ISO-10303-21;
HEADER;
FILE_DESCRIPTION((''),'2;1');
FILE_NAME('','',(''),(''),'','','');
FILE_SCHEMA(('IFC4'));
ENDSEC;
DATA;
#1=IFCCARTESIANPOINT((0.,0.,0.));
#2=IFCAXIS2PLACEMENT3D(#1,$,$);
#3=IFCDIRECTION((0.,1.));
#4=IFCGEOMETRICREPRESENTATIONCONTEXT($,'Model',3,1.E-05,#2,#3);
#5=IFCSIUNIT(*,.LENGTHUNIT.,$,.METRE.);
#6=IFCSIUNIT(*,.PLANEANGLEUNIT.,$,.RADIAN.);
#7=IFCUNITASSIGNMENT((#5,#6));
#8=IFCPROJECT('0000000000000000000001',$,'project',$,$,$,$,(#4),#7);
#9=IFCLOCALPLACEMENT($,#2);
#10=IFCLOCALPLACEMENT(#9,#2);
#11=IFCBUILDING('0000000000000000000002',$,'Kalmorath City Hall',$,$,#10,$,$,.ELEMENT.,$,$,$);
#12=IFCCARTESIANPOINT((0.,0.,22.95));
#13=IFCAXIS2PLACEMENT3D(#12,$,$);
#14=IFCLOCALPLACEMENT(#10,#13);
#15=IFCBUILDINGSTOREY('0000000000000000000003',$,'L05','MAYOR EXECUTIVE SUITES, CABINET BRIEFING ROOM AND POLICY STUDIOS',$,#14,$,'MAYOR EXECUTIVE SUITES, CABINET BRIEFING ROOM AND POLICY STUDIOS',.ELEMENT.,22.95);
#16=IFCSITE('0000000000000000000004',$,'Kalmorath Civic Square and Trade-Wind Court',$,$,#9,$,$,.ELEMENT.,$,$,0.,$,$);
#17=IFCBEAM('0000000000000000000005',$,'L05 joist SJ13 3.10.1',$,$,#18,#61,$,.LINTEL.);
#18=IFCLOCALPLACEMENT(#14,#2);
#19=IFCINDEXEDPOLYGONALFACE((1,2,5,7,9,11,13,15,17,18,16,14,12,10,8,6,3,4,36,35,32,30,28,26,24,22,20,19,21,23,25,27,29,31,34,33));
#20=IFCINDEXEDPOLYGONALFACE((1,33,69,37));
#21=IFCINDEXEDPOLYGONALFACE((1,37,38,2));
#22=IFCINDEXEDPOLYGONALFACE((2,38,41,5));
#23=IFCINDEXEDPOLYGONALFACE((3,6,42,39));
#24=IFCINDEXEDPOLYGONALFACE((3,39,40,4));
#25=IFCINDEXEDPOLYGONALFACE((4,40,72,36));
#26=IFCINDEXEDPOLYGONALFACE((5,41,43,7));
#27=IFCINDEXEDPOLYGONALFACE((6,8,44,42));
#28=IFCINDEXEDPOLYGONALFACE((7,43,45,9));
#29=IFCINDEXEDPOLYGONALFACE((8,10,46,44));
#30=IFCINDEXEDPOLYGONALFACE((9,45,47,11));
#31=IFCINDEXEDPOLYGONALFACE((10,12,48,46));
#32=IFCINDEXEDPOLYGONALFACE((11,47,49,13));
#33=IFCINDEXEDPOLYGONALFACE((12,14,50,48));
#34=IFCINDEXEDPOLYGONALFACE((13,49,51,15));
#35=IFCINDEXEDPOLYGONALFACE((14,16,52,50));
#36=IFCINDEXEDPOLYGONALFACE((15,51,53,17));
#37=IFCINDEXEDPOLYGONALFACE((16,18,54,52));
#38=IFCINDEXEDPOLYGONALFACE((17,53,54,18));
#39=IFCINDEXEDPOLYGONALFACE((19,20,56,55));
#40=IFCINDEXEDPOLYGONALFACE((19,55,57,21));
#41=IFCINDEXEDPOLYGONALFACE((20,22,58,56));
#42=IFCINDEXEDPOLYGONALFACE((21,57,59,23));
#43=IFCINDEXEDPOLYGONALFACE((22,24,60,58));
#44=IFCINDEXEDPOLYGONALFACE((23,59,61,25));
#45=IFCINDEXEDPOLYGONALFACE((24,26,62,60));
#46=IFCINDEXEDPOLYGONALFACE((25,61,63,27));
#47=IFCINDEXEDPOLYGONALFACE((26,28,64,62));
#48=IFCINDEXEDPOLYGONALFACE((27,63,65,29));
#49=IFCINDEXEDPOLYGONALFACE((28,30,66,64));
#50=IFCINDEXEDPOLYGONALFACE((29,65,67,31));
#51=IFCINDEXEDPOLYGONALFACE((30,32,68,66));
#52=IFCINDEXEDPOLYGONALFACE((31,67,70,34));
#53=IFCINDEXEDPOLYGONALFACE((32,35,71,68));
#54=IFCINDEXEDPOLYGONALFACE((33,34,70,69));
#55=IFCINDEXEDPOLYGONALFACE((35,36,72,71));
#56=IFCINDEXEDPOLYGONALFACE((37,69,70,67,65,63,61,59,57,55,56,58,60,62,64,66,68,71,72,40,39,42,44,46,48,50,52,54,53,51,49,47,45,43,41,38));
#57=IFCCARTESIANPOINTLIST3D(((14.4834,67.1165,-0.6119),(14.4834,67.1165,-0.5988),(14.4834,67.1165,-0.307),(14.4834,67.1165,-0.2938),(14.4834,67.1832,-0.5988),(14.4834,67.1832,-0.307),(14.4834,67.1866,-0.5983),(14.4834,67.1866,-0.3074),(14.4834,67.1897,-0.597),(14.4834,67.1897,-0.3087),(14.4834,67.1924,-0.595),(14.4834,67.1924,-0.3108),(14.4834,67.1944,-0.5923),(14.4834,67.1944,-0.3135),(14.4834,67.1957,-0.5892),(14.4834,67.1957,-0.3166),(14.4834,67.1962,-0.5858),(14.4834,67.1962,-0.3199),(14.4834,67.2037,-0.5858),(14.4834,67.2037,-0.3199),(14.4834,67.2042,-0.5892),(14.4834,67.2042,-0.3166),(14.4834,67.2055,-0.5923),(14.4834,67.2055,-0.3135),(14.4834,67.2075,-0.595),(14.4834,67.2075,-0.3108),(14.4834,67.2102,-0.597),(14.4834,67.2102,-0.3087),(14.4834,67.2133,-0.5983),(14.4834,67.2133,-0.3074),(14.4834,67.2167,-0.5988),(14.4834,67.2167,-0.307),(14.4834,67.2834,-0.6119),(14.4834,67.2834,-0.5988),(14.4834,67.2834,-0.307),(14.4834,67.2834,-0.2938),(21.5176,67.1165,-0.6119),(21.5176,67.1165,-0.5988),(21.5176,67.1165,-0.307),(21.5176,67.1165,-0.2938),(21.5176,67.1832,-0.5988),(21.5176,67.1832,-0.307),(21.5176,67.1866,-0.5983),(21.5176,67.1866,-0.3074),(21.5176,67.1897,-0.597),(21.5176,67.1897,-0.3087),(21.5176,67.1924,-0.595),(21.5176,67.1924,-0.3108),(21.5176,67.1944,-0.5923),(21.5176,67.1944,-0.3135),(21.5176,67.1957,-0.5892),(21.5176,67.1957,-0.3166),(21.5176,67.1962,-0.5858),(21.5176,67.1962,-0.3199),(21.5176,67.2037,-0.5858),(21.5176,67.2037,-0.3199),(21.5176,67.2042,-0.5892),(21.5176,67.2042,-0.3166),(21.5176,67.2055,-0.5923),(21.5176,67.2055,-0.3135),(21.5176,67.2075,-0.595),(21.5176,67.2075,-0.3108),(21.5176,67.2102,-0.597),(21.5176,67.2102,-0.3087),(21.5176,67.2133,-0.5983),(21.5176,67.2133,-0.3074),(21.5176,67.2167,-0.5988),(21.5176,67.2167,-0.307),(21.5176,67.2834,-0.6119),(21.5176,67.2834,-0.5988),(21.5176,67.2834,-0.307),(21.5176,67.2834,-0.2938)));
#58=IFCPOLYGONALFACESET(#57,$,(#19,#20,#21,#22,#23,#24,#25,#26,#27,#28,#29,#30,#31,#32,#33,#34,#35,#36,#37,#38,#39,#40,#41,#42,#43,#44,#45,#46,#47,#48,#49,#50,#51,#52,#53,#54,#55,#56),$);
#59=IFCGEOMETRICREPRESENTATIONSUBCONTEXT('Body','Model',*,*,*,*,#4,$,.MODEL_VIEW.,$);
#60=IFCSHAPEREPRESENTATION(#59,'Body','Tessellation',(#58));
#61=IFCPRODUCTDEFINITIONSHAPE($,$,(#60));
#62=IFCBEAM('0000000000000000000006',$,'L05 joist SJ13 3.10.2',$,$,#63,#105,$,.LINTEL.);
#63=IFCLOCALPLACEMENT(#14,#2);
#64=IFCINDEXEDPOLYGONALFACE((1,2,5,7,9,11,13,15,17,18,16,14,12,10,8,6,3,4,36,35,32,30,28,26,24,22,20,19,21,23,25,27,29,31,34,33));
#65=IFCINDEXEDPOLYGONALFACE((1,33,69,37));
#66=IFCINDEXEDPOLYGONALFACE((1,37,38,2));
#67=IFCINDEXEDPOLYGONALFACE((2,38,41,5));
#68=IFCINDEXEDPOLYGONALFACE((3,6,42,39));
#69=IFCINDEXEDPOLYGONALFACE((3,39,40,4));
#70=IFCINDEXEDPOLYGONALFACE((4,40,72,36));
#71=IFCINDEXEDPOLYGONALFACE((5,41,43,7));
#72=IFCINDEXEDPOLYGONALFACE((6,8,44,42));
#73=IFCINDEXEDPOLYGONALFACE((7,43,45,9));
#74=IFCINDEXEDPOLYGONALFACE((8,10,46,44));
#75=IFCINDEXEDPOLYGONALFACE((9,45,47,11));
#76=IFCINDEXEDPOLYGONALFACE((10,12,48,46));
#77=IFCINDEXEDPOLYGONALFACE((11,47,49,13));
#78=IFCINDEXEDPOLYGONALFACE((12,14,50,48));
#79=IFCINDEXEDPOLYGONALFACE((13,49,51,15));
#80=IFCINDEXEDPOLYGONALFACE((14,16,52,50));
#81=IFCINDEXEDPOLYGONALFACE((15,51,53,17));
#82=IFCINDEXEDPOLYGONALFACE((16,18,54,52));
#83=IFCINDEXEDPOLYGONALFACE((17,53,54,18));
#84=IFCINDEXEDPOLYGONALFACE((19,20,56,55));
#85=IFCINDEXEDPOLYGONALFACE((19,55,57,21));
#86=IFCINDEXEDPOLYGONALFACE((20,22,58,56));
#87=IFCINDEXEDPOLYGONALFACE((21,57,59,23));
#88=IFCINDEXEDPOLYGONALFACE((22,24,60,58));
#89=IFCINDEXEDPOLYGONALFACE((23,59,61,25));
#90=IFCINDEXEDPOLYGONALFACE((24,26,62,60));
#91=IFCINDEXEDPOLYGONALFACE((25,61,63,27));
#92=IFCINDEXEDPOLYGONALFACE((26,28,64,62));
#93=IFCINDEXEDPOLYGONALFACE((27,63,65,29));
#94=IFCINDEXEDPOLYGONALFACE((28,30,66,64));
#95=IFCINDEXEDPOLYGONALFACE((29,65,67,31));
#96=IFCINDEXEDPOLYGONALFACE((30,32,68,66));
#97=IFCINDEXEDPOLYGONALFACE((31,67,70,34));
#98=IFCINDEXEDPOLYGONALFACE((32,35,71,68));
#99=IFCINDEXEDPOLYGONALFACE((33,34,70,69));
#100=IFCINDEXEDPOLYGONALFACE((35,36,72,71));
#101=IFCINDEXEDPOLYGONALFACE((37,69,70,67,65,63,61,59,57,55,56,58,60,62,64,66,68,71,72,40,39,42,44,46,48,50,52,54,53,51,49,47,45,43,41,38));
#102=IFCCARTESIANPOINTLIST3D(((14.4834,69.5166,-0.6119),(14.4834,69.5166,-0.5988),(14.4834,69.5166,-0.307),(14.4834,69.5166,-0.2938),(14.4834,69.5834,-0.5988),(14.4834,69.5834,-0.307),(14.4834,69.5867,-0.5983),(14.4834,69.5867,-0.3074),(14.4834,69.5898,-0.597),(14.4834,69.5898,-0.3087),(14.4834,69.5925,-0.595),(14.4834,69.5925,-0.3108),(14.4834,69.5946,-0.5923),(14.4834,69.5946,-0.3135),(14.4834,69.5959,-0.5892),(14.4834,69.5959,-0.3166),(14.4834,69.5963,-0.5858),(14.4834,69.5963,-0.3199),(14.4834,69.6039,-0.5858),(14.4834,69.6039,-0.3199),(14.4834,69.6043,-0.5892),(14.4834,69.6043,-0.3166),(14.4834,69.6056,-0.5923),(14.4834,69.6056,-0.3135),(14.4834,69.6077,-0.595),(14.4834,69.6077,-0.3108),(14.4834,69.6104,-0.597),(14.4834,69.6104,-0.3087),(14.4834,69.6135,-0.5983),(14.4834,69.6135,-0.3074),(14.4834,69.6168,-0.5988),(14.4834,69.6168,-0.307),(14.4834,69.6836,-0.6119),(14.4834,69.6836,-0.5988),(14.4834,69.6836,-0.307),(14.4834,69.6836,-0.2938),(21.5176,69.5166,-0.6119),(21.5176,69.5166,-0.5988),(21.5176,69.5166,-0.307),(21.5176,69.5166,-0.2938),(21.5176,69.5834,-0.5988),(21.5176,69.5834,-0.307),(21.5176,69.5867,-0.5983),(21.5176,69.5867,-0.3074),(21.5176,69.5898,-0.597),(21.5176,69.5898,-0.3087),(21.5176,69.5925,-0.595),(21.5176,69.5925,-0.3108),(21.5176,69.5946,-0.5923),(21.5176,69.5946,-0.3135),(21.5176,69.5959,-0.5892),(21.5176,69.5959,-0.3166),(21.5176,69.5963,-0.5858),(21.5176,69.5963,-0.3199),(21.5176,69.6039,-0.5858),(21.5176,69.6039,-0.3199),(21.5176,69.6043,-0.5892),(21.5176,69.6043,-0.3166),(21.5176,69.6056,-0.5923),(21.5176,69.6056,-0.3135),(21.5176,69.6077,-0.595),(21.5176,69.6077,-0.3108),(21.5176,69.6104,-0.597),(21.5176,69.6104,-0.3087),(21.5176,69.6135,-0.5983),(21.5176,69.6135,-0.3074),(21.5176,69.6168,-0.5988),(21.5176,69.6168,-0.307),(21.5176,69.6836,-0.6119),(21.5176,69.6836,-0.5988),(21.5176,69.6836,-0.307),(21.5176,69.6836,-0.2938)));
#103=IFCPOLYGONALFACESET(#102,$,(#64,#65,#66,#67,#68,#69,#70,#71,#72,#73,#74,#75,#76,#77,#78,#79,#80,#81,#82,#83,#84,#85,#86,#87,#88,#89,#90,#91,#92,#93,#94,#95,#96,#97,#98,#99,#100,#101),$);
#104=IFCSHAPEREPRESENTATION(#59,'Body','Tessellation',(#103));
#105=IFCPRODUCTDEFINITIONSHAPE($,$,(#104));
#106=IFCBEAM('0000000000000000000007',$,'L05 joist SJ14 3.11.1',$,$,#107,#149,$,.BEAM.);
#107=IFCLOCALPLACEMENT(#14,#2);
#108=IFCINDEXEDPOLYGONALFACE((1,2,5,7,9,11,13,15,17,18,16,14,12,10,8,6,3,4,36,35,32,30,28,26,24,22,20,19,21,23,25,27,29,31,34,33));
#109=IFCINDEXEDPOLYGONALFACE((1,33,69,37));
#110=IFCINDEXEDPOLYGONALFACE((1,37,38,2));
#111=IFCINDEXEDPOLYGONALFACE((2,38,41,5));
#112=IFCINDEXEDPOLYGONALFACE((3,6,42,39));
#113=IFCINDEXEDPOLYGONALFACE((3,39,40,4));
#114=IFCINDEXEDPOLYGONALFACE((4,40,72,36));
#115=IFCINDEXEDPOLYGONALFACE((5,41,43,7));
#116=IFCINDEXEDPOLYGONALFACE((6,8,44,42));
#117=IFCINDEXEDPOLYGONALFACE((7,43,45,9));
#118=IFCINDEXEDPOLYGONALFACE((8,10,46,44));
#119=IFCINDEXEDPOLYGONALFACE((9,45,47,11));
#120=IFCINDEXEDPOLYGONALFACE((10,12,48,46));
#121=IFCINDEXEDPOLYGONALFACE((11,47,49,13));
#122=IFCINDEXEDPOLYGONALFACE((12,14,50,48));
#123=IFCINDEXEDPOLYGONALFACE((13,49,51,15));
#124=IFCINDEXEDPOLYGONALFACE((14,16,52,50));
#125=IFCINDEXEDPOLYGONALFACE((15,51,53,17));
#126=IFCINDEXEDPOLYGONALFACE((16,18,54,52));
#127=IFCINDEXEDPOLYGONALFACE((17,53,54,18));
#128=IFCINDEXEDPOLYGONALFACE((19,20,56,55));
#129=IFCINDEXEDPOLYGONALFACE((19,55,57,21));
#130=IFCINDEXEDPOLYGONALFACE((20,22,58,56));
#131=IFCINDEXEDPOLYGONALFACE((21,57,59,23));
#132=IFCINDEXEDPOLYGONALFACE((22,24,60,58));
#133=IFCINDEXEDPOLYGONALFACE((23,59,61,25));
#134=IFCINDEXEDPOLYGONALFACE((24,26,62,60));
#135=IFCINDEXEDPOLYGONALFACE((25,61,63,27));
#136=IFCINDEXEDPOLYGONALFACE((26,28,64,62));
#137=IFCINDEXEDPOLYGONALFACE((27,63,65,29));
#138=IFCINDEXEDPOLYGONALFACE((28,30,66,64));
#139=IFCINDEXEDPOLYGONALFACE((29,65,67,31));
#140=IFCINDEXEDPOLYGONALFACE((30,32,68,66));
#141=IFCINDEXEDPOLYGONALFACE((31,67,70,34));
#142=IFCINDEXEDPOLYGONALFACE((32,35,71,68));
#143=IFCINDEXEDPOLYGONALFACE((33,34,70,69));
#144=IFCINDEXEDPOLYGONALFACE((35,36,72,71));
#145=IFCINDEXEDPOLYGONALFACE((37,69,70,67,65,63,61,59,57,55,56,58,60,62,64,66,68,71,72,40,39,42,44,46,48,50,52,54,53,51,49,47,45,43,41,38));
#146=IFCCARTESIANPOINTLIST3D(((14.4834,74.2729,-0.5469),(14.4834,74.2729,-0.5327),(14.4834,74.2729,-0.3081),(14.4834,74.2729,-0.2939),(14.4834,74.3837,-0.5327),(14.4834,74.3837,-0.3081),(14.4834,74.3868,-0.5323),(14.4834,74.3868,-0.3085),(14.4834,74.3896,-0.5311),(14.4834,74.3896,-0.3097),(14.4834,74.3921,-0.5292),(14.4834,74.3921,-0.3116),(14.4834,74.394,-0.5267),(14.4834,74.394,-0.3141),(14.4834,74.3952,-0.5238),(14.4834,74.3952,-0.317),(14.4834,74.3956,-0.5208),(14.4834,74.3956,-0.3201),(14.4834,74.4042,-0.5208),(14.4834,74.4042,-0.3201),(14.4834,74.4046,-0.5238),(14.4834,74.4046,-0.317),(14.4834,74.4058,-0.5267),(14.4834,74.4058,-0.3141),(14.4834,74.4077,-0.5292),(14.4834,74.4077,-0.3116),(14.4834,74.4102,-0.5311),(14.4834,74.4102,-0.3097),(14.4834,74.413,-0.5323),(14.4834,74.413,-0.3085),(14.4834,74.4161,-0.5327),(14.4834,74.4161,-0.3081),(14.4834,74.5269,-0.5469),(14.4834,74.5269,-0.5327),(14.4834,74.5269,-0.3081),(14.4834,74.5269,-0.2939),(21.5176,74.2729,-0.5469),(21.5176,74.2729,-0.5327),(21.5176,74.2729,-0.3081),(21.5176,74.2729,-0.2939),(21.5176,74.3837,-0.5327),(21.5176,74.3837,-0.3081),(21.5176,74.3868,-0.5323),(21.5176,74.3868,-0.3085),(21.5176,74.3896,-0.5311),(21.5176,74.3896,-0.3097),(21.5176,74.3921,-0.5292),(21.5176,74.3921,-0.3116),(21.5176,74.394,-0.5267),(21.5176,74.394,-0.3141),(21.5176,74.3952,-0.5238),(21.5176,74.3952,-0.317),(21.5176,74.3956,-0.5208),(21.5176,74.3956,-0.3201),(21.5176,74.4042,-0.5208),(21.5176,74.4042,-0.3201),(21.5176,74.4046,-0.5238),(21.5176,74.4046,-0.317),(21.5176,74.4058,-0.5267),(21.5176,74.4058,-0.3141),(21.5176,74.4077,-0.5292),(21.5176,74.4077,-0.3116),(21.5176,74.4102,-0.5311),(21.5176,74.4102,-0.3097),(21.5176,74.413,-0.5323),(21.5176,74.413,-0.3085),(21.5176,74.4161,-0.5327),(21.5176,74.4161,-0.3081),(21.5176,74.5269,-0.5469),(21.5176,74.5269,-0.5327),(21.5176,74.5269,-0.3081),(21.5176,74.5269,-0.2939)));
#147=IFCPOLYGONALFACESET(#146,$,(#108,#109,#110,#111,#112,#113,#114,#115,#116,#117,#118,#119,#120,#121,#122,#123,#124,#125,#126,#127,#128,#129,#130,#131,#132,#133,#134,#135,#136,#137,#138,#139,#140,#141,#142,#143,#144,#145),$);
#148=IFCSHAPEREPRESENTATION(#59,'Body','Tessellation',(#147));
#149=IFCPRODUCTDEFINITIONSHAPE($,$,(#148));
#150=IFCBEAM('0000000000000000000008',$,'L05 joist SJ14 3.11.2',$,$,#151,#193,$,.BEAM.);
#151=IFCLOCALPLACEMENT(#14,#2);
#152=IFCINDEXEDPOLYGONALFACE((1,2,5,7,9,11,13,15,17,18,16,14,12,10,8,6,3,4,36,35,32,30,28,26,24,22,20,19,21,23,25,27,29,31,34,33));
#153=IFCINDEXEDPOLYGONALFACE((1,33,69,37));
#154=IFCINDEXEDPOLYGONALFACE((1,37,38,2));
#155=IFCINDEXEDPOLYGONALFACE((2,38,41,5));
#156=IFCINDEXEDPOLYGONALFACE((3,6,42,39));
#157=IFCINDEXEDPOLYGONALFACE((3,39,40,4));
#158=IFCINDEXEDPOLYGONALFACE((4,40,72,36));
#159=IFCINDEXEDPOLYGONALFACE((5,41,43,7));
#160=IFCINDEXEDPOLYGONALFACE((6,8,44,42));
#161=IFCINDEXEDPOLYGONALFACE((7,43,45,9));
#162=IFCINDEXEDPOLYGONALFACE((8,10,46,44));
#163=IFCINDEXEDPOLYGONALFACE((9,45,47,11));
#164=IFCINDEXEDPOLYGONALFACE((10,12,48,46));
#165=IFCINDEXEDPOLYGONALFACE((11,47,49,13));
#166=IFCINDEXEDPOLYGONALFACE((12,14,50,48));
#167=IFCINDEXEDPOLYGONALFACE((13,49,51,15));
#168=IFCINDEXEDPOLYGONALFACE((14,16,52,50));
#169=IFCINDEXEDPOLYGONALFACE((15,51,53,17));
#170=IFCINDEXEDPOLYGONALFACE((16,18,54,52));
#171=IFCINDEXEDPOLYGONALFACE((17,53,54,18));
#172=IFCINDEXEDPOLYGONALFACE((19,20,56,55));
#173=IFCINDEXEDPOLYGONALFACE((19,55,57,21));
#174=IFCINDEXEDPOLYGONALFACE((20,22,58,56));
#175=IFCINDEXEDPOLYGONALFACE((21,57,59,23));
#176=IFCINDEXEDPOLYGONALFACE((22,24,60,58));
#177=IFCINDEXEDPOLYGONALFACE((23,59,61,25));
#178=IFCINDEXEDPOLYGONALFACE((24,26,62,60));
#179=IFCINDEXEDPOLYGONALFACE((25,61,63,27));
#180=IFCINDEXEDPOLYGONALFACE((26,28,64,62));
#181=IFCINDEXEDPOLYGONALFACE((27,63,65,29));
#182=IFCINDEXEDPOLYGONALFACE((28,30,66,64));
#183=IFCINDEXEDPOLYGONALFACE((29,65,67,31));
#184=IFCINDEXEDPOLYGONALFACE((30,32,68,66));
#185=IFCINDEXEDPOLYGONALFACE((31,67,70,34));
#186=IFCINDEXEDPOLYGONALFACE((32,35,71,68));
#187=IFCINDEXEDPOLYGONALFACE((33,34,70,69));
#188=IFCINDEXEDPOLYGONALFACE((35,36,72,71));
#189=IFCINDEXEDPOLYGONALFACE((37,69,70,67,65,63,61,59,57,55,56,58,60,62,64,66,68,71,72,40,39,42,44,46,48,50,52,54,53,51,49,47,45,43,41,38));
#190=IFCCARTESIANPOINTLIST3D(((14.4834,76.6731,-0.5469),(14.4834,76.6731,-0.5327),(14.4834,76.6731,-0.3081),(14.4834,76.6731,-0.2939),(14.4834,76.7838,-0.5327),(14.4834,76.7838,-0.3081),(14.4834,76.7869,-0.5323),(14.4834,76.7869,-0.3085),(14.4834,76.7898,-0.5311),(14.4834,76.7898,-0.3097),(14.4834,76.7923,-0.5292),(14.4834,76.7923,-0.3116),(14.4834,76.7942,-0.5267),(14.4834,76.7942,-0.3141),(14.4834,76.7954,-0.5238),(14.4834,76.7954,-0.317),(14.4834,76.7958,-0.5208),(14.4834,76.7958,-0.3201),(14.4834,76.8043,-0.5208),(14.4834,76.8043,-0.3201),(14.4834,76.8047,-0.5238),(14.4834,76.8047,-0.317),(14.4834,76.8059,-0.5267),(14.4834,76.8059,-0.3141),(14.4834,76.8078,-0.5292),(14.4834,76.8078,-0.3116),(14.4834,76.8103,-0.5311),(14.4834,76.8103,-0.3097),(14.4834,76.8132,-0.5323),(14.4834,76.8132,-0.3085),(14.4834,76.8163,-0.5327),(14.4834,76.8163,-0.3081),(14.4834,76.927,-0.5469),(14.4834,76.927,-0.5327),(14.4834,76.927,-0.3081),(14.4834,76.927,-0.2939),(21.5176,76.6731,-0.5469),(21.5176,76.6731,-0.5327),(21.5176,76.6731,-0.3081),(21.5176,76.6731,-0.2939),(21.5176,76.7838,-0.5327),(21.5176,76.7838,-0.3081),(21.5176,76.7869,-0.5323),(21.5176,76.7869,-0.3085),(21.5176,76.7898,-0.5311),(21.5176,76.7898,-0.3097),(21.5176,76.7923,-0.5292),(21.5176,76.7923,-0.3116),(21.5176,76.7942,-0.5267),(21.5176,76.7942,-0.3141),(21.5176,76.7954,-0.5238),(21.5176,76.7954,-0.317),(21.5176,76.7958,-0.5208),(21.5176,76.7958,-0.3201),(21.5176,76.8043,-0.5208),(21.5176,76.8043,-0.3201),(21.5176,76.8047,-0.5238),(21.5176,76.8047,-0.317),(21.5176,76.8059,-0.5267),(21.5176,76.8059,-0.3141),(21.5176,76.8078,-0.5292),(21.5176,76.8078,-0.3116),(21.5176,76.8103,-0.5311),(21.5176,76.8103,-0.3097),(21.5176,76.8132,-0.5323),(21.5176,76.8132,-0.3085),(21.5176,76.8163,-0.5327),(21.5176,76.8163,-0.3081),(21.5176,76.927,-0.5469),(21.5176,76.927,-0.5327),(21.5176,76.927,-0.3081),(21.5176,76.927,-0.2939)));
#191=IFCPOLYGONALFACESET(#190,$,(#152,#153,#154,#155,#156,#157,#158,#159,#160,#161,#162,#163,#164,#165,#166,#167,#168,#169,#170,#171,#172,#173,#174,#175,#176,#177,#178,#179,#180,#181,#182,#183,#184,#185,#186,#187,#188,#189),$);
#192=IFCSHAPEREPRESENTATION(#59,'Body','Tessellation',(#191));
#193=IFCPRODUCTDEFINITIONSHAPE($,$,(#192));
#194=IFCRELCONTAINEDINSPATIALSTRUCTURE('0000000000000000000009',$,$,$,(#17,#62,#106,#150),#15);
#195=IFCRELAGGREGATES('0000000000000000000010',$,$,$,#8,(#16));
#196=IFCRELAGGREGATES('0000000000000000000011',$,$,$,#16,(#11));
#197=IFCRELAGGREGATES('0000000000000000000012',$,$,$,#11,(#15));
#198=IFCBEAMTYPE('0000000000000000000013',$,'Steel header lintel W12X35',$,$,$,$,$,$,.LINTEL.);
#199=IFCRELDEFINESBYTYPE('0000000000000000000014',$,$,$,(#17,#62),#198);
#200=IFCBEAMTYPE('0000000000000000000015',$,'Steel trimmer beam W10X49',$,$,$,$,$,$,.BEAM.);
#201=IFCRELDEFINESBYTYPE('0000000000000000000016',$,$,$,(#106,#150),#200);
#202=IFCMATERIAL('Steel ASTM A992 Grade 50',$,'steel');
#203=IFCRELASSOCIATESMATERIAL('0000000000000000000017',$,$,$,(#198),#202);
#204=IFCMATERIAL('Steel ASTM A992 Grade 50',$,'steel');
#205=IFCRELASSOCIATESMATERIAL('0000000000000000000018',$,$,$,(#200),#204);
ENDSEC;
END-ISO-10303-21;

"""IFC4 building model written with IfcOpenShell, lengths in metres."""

from ifc_helpers import new_model, si_unit, direction, frame, origin, origin_2d, place, context, subcontext, project, spatial, i_section, extrude, material, material_profile, profile_set, type_object, element, save


model = new_model("IFC4")

# Units and contexts
model_context = context("Model", 3, precision=1e-05, world=origin(), true_north=direction((0.0, 1.0)))
body_context = subcontext(model_context, "Body", "Model", "MODEL_VIEW")
ifc_project = project(units=[si_unit("LENGTHUNIT", "METRE"), si_unit("PLANEANGLEUNIT", "RADIAN")], contexts=[model_context])

# Site, building, storey
site_placement = place(None, origin())
site = spatial("IfcSite", under=ifc_project, at=site_placement, Name="Kalmorath Civic Square and Trade-Wind Court", CompositionType="ELEMENT", RefElevation=0.0)
building_placement = place(site_placement, origin())
building = spatial("IfcBuilding", under=site, at=building_placement, Name="Kalmorath City Hall", CompositionType="ELEMENT")
storey_placement = place(building_placement, frame((0.0, 0.0, 22.95)))
storey = spatial("IfcBuildingStorey", under=building, at=storey_placement, Name="L05", Description="MAYOR EXECUTIVE SUITES, CABINET BRIEFING ROOM AND POLICY STUDIOS", LongName="MAYOR EXECUTIVE SUITES, CABINET BRIEFING ROOM AND POLICY STUDIOS", CompositionType="ELEMENT", Elevation=22.95)

# Beams
ifc_material_1 = material(Name="Steel ASTM A992 Grade 50", Category="steel")
ifc_material_profile_1 = material_profile(ifc_material_1, i_section(OverallWidth=0.167, OverallDepth=0.3181, WebThickness=0.0076, FlangeThickness=0.0132, FilletRadius=0.0129, at=origin_2d()), Name="W12X35")
ifc_profile_set_1 = profile_set([ifc_material_profile_1], Name="Steel ASTM A992 Grade 50")
beam_type_1 = type_object("IfcBeamType", Name="Steel header lintel W12X35", PredefinedType="LINTEL", material=ifc_profile_set_1)
for number, where, z_axis, x_axis, name in (
    (1, (14.4834, 67.2, -0.4529), (1.0, 0.0, 0.0), (0.0, 1.0, 0.0), "L05 joist SJ13 3.10.1"),
    (2, (14.4834, 69.6001, -0.4529), (1.0, 0.0, 0.0), (0.0, 1.0, 0.0), "L05 joist SJ13 3.10.2"),
):
    element("IfcBeam", number, at=place(storey_placement, frame(where, z_axis=z_axis, x_axis=x_axis)), inside=storey, type_object=beam_type_1, Name=name, PredefinedType="LINTEL", context=body_context, shape_type="SweptSolid", body=[
        extrude(i_section(OverallWidth=0.167, OverallDepth=0.3181, WebThickness=0.0076, FlangeThickness=0.0132, FilletRadius=0.0129, at=origin_2d()), origin(), (0.0, 0.0, 1.0), 7.0342),
    ])
ifc_material_2 = material(Name="Steel ASTM A992 Grade 50", Category="steel")
ifc_material_profile_2 = material_profile(ifc_material_2, i_section(OverallWidth=0.2539, OverallDepth=0.2529, WebThickness=0.0085, FlangeThickness=0.0142, FilletRadius=0.012, at=origin_2d()), Name="W10X49")
ifc_profile_set_2 = profile_set([ifc_material_profile_2], Name="Steel ASTM A992 Grade 50")
beam_type_2 = type_object("IfcBeamType", Name="Steel trimmer beam W10X49", PredefinedType="BEAM", material=ifc_profile_set_2)
for number, where, z_axis, x_axis, name in (
    (3, (14.4834, 74.3999, -0.4204), (1.0, 0.0, 0.0), (0.0, 1.0, 0.0), "L05 joist SJ14 3.11.1"),
    (4, (14.4834, 76.8, -0.4204), (1.0, 0.0, 0.0), (0.0, 1.0, 0.0), "L05 joist SJ14 3.11.2"),
):
    element("IfcBeam", number, at=place(storey_placement, frame(where, z_axis=z_axis, x_axis=x_axis)), inside=storey, type_object=beam_type_2, Name=name, PredefinedType="BEAM", context=body_context, shape_type="SweptSolid", body=[
        extrude(i_section(OverallWidth=0.2539, OverallDepth=0.2529, WebThickness=0.0085, FlangeThickness=0.0142, FilletRadius=0.012, at=origin_2d()), origin(), (0.0, 0.0, 1.0), 7.0342),
    ])

save(model, "model.ifc")
